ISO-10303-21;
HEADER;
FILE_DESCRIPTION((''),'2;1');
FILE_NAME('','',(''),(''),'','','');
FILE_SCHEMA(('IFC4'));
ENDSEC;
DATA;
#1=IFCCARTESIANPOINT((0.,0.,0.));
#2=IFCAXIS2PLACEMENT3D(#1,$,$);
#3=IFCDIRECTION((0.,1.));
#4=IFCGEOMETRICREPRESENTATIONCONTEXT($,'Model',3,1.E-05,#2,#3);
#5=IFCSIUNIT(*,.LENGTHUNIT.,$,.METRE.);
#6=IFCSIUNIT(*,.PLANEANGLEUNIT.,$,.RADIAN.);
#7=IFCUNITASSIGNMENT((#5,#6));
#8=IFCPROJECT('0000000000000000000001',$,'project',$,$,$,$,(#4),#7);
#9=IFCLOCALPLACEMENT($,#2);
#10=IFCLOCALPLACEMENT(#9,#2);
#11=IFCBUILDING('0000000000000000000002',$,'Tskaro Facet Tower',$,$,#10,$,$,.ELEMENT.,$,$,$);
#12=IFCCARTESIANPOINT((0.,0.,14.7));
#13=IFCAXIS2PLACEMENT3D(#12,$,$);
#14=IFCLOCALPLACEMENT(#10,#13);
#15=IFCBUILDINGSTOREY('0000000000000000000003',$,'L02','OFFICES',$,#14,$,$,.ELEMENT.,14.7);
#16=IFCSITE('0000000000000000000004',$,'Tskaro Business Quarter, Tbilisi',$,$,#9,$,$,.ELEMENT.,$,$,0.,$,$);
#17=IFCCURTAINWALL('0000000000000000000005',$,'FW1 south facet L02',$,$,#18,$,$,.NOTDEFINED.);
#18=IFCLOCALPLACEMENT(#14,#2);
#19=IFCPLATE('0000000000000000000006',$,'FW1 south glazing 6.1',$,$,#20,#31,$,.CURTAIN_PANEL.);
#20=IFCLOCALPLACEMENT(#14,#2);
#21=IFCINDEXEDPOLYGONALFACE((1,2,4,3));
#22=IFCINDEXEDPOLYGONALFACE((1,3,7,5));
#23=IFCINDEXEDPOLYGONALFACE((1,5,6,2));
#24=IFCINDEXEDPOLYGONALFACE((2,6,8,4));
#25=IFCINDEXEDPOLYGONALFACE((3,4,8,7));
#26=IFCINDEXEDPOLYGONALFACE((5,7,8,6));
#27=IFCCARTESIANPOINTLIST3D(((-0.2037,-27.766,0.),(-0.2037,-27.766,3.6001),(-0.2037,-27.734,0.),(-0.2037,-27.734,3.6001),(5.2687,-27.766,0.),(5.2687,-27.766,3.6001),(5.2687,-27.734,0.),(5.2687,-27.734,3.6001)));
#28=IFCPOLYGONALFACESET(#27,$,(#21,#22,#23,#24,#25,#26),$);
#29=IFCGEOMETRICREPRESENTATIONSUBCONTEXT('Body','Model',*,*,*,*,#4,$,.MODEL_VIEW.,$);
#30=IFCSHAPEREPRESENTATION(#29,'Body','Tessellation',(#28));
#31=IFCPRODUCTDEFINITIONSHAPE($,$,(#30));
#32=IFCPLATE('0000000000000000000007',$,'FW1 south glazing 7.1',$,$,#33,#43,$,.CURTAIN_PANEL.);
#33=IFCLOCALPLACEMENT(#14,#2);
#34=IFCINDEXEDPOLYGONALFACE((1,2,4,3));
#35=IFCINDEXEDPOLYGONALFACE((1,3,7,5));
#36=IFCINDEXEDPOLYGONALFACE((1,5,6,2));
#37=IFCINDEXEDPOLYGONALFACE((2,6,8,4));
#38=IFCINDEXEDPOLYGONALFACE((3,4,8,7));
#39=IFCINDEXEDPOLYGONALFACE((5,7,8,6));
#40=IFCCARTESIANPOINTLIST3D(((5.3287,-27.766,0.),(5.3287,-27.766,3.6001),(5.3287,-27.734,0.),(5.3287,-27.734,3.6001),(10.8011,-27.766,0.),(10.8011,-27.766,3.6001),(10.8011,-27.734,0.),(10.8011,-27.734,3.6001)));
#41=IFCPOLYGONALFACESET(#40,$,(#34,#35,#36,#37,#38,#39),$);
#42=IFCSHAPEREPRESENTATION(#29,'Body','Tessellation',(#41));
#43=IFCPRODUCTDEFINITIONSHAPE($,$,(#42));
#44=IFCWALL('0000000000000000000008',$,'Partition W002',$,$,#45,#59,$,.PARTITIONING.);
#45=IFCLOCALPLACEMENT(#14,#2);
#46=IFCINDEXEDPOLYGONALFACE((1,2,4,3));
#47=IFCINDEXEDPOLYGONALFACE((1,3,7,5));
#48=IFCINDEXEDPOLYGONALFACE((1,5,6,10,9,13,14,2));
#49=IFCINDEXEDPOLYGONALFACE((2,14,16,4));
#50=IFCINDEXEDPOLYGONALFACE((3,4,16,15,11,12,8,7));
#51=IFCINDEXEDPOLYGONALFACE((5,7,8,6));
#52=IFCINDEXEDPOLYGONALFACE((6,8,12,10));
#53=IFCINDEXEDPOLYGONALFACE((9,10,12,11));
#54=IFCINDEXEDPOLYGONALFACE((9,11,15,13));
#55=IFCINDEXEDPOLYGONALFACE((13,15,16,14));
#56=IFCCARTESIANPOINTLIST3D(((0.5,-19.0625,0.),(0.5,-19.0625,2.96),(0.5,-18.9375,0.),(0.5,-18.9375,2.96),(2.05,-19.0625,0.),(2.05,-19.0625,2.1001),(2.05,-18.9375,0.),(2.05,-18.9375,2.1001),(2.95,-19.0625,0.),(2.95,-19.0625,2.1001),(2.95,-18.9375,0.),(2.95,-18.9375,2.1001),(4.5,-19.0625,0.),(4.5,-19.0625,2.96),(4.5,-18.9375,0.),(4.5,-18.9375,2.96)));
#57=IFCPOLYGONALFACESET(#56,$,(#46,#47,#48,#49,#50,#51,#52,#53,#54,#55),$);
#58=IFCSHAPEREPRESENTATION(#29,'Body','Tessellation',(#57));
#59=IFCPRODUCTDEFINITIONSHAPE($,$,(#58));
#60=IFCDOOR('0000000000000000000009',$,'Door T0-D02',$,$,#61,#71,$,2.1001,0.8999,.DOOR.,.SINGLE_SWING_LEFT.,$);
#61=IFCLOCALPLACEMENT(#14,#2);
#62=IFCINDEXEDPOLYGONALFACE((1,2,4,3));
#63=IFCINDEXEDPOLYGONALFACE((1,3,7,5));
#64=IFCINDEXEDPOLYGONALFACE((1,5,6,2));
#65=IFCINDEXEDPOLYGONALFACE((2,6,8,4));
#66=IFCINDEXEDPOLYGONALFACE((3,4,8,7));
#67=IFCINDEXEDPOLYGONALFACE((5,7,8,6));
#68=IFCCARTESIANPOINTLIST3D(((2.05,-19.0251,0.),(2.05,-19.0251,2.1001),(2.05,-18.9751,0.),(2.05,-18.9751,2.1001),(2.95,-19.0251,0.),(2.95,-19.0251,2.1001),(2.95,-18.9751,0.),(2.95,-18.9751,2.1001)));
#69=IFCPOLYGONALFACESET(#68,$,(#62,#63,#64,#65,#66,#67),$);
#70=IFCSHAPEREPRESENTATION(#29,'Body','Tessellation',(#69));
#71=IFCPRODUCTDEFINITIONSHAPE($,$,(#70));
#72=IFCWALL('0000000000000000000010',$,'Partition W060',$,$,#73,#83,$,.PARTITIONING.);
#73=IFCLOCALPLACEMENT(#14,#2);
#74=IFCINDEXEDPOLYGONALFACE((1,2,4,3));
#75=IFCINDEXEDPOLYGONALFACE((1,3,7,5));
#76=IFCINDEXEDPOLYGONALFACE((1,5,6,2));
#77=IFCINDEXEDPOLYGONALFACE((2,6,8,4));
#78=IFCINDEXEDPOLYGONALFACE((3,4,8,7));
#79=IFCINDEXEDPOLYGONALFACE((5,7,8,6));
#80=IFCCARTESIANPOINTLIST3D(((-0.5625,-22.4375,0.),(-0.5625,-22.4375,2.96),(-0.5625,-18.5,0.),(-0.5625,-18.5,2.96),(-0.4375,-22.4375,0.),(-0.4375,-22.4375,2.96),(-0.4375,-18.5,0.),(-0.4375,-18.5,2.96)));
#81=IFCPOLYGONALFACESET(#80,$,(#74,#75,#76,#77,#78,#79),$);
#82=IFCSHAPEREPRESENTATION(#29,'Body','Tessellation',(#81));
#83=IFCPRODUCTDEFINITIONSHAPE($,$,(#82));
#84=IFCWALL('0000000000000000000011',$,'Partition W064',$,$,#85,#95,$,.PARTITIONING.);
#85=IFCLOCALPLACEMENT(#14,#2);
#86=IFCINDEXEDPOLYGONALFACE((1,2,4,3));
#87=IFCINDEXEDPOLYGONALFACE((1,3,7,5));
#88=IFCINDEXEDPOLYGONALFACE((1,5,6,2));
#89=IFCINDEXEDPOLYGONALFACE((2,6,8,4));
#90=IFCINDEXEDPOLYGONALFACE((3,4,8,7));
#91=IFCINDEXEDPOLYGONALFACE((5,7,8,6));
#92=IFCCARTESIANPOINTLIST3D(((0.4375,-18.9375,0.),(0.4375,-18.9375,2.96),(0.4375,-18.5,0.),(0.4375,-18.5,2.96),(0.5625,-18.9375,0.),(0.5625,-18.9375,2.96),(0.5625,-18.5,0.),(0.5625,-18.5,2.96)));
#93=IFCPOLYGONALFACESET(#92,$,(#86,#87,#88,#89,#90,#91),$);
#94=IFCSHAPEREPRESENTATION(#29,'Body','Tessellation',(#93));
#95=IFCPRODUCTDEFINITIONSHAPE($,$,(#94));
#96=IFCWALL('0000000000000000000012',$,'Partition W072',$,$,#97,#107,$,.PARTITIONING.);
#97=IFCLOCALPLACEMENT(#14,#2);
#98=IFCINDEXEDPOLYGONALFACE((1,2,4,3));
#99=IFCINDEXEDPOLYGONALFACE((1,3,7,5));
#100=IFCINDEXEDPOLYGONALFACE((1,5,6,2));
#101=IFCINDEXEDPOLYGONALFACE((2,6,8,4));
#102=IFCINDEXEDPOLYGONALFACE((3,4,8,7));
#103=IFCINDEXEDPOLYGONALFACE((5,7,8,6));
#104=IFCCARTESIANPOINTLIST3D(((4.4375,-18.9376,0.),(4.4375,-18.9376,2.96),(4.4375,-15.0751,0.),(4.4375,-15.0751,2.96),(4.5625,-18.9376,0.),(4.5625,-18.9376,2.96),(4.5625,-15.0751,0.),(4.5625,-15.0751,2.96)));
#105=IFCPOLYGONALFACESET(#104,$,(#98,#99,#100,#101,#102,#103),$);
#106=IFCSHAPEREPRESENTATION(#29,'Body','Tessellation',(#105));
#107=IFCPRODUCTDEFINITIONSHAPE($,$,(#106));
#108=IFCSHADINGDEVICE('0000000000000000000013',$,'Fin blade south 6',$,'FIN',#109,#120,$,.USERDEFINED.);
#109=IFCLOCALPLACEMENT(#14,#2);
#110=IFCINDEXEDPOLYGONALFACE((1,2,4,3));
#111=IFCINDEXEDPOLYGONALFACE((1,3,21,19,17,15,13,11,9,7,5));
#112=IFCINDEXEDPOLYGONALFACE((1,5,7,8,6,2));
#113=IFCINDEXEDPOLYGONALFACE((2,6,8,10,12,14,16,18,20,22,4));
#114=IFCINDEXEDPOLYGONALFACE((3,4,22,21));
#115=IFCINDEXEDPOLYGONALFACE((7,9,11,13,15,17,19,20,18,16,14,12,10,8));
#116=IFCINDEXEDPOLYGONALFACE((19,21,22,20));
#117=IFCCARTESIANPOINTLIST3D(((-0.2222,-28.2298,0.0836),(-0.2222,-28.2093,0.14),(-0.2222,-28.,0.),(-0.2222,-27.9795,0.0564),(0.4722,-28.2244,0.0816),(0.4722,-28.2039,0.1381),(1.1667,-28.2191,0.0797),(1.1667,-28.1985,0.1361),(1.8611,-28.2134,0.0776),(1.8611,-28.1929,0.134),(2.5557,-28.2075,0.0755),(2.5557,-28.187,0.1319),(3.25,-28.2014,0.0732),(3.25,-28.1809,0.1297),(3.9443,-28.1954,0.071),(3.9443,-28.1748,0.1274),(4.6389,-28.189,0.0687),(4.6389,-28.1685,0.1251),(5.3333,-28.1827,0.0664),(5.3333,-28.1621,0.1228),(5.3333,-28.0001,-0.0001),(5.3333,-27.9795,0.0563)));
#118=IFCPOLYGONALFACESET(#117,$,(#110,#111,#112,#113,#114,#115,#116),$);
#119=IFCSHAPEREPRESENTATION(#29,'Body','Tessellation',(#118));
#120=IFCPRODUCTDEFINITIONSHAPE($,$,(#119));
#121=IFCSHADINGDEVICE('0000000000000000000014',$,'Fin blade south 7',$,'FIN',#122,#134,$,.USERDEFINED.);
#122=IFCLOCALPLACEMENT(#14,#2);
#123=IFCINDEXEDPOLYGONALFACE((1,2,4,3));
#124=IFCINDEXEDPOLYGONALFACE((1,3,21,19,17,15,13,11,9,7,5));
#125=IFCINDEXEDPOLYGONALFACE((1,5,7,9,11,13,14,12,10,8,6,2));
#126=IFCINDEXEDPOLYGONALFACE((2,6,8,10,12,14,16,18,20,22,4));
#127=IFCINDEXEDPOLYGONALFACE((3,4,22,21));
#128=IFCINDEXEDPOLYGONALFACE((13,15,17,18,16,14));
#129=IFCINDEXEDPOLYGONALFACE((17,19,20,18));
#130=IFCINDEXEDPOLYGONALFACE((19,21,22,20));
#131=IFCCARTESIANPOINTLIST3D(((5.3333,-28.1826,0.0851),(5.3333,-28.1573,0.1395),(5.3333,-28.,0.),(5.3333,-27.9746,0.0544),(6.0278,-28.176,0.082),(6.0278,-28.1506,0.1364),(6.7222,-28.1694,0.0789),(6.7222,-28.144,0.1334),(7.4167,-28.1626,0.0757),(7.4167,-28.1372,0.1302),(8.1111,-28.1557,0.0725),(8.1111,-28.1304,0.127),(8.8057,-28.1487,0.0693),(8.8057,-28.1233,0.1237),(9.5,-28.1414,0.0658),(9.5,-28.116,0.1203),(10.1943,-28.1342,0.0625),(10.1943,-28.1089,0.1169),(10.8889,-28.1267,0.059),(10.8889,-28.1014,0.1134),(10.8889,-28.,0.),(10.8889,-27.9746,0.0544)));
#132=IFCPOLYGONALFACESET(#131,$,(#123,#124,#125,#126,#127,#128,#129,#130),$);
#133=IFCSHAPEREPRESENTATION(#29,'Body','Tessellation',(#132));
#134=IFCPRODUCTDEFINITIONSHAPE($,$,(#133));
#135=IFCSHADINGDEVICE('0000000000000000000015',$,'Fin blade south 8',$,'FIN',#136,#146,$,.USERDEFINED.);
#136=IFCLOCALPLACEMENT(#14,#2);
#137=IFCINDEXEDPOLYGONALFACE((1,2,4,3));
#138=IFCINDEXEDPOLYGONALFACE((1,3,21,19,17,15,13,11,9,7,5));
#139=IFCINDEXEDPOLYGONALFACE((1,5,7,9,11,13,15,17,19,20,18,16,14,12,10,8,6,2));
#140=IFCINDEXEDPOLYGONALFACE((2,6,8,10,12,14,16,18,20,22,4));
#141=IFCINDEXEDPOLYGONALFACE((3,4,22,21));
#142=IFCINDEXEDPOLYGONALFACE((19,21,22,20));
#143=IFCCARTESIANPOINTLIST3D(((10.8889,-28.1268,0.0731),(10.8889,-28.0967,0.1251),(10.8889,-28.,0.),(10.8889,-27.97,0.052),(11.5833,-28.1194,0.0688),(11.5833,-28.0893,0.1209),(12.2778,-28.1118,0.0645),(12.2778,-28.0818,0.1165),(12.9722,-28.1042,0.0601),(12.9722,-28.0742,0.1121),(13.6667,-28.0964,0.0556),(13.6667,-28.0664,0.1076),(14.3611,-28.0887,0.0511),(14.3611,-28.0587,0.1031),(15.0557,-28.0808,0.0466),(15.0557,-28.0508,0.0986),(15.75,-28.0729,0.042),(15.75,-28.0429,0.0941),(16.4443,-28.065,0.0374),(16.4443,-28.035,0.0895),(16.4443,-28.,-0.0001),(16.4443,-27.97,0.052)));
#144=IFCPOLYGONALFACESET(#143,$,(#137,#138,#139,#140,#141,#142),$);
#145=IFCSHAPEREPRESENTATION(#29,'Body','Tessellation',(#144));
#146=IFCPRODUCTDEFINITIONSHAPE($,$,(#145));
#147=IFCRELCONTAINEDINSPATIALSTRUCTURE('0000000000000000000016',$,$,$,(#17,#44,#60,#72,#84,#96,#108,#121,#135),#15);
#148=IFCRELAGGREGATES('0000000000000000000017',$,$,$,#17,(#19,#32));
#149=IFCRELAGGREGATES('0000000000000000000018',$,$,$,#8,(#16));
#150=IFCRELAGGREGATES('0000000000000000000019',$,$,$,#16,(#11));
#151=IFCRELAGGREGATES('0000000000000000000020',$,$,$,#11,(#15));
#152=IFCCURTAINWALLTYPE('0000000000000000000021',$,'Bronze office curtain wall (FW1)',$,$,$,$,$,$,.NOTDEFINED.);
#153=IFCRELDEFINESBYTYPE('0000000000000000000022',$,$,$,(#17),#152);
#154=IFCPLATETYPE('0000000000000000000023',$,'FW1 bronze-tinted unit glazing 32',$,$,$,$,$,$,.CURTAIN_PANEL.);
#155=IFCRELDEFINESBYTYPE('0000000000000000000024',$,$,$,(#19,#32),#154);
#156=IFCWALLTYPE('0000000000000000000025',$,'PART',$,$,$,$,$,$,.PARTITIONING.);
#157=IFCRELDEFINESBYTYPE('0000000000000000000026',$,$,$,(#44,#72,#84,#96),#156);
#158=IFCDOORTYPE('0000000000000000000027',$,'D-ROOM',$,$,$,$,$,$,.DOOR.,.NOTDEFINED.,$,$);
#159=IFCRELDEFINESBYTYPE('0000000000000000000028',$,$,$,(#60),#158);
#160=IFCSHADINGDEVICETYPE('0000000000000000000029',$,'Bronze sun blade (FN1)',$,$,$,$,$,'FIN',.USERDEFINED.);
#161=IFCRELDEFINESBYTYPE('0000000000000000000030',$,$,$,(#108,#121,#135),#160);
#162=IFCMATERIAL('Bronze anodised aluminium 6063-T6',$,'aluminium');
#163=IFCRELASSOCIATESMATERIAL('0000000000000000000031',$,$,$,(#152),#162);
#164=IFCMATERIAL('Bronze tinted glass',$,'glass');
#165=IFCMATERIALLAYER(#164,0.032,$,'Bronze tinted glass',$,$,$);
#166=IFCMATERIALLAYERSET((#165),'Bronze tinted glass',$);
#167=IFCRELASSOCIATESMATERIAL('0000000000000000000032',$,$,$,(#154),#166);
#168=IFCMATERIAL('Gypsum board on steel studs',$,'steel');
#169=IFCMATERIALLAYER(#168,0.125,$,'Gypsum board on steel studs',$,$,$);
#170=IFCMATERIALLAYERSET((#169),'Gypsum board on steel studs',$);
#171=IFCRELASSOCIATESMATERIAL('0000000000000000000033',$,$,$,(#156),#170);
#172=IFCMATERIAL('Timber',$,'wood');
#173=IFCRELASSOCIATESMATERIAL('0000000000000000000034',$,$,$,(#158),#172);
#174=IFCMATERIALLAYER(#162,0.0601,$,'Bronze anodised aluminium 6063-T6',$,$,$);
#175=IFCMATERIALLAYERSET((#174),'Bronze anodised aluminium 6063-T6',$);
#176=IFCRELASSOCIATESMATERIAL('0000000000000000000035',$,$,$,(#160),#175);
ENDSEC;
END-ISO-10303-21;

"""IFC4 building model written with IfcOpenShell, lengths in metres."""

from ifc_helpers import new_model, si_unit, direction, frame, frame_2d, origin, origin_2d, place, context, subcontext, project, spatial, polyline, rectangle, outline, extrude, material, layer, layer_set, type_object, element, fill, aggregate, save


model = new_model("IFC4")

# Units and contexts
model_context = context("Model", 3, precision=1e-05, world=origin(), true_north=direction((0.0, 1.0)))
body_context = subcontext(model_context, "Body", "Model", "MODEL_VIEW")
ifc_project = project(units=[si_unit("LENGTHUNIT", "METRE"), si_unit("PLANEANGLEUNIT", "RADIAN")], contexts=[model_context])

# Site, building, storey
site_placement = place(None, origin())
site = spatial("IfcSite", under=ifc_project, at=site_placement, Name="Tskaro Business Quarter, Tbilisi", CompositionType="ELEMENT", RefElevation=0.0)
building_placement = place(site_placement, origin())
building = spatial("IfcBuilding", under=site, at=building_placement, Name="Tskaro Facet Tower", CompositionType="ELEMENT")
storey_placement = place(building_placement, frame((0.0, 0.0, 14.7)))
storey = spatial("IfcBuildingStorey", under=building, at=storey_placement, Name="L02", Description="OFFICES", CompositionType="ELEMENT", Elevation=14.7)

# Curtain wall
ifc_material_1 = material(Name="Bronze anodised aluminium 6063-T6", Category="aluminium")
curtain_wall_type = type_object("IfcCurtainWallType", Name="Bronze office curtain wall (FW1)", PredefinedType="NOTDEFINED", material=ifc_material_1)
curtain_wall_placement = place(storey_placement, origin())
curtain_wall = element("IfcCurtainWall", 1, at=curtain_wall_placement, inside=storey, type_object=curtain_wall_type, Name="FW1 south facet L02", PredefinedType="NOTDEFINED")

# Plates
ifc_material_2 = material(Name="Bronze tinted glass", Category="glass")
ifc_layer_1 = layer(ifc_material_2, 0.032, Name="Bronze tinted glass")
ifc_layer_set_1 = layer_set([ifc_layer_1], Name="Bronze tinted glass")
plate_type = type_object("IfcPlateType", Name="FW1 bronze-tinted unit glazing 32", PredefinedType="CURTAIN_PANEL", material=ifc_layer_set_1)
plate_1_placement = place(storey_placement, frame((2.5325, -27.75, 0.0), z_axis=(0.0, 0.0, 1.0), x_axis=(1.0, 0.0, 0.0)))
plate_1 = element("IfcPlate", 2, at=plate_1_placement, type_object=plate_type, Name="FW1 south glazing 6.1", PredefinedType="CURTAIN_PANEL", context=body_context, shape_type="SweptSolid", body=[
    extrude(rectangle(XDim=5.4724, YDim=0.032, at=origin_2d()), origin(), (0.0, 0.0, 1.0), 3.6001),
])
plate_2_placement = place(storey_placement, frame((8.0649, -27.75, 0.0), z_axis=(0.0, 0.0, 1.0), x_axis=(1.0, 0.0, 0.0)))
plate_2 = element("IfcPlate", 3, at=plate_2_placement, type_object=plate_type, Name="FW1 south glazing 7.1", PredefinedType="CURTAIN_PANEL", context=body_context, shape_type="SweptSolid", body=[
    extrude(rectangle(XDim=5.4724, YDim=0.032, at=origin_2d()), origin(), (0.0, 0.0, 1.0), 3.6001),
])
aggregate(curtain_wall, [plate_1, plate_2])

# Wall, opening, door
ifc_material_3 = material(Name="Gypsum board on steel studs", Category="steel")
ifc_layer_2 = layer(ifc_material_3, 0.125, Name="Gypsum board on steel studs")
ifc_layer_set_2 = layer_set([ifc_layer_2], Name="Gypsum board on steel studs")
wall_type = type_object("IfcWallType", Name="PART", PredefinedType="PARTITIONING", material=ifc_layer_set_2)
wall_1_placement = place(storey_placement, frame((0.5, -19.0, 0.0), z_axis=(0.0, 0.0, 1.0), x_axis=(1.0, 0.0, 0.0)))
wall_1 = element("IfcWall", 4, at=wall_1_placement, inside=storey, type_object=wall_type, Name="Partition W002", PredefinedType="PARTITIONING", context=body_context, shape_type="SweptSolid", body=[
    extrude(rectangle(XDim=4.0, YDim=0.125, at=frame_2d((2.0, 0.0))), origin(), (0.0, 0.0, 1.0), 2.96),
])
opening_placement = place(wall_1_placement, frame((1.55, 0.0, 0.0)))
opening = element("IfcOpeningElement", 5, at=opening_placement, cuts=wall_1, PredefinedType="OPENING", context=body_context, shape_type="SweptSolid", body=[
    extrude(rectangle(XDim=0.8999, YDim=2.1001, at=frame_2d((0.45, 1.05))), frame((0.0, 0.0725, 0.0), z_axis=(0.0, -1.0, 0.0), x_axis=(1.0, 0.0, 0.0)), (0.0, 0.0, 1.0), 0.145),
])
ifc_material_4 = material(Name="Timber", Category="wood")
door_type = type_object("IfcDoorType", Name="D-ROOM", OperationType="NOTDEFINED", PredefinedType="DOOR", material=ifc_material_4)
door_placement = place(opening_placement, origin())
door = element("IfcDoor", 6, at=door_placement, inside=storey, type_object=door_type, Name="Door T0-D02", OperationType="SINGLE_SWING_LEFT", OverallHeight=2.1001, OverallWidth=0.8999, PredefinedType="DOOR", context=body_context, shape_type="SweptSolid", body=[
    extrude(rectangle(XDim=0.8999, YDim=2.1001, at=frame_2d((0.45, 1.05))), frame((0.0, 0.0249, 0.0), z_axis=(0.0, -1.0, 0.0), x_axis=(1.0, 0.0, 0.0)), (0.0, 0.0, 1.0), 0.05),
])
fill(opening, door)

# Walls
wall_2_placement = place(storey_placement, frame((-0.5, -22.4375, 0.0), z_axis=(0.0, 0.0, 1.0), x_axis=(0.0, 1.0, 0.0)))
element("IfcWall", 7, at=wall_2_placement, inside=storey, type_object=wall_type, Name="Partition W060", PredefinedType="PARTITIONING", context=body_context, shape_type="SweptSolid", body=[
    extrude(rectangle(XDim=3.9375, YDim=0.125, at=frame_2d((1.9688, 0.0))), origin(), (0.0, 0.0, 1.0), 2.96),
])
wall_3_placement = place(storey_placement, frame((0.5, -18.9375, 0.0), z_axis=(0.0, 0.0, 1.0), x_axis=(0.0, 1.0, 0.0)))
element("IfcWall", 8, at=wall_3_placement, inside=storey, type_object=wall_type, Name="Partition W064", PredefinedType="PARTITIONING", context=body_context, shape_type="SweptSolid", body=[
    extrude(rectangle(XDim=0.4375, YDim=0.125, at=frame_2d((0.2188, 0.0))), origin(), (0.0, 0.0, 1.0), 2.96),
])
wall_4_placement = place(storey_placement, frame((4.5, -18.9375, 0.0), z_axis=(0.0, 0.0, 1.0), x_axis=(0.0, 1.0, 0.0)))
element("IfcWall", 9, at=wall_4_placement, inside=storey, type_object=wall_type, Name="Partition W072", PredefinedType="PARTITIONING", context=body_context, shape_type="SweptSolid", body=[
    extrude(rectangle(XDim=3.8625, YDim=0.125, at=frame_2d((1.9312, 0.0))), origin(), (0.0, 0.0, 1.0), 2.96),
])

# Shading devices
ifc_layer_3 = layer(ifc_material_1, 0.0601, Name="Bronze anodised aluminium 6063-T6")
ifc_layer_set_3 = layer_set([ifc_layer_3], Name="Bronze anodised aluminium 6063-T6")
shading_device_type = type_object("IfcShadingDeviceType", Name="Bronze sun blade (FN1)", ElementType="FIN", PredefinedType="USERDEFINED", material=ifc_layer_set_3)
shading_device_1_placement = place(storey_placement, frame((-0.2222, -27.9795, 0.0564), z_axis=(0.000016, 0.342082, 0.93967), x_axis=(1.0, -0.000005, -0.000015)))
element("IfcShadingDevice", 10, at=shading_device_1_placement, inside=storey, type_object=shading_device_type, Name="Fin blade south 6", ObjectType="FIN", PredefinedType="USERDEFINED", context=body_context, shape_type="SweptSolid", body=[
    extrude(outline(polyline([(0.0, 0.0), (5.5554, 0.0), (5.5554, -0.1943), (4.8611, -0.2011), (4.1665, -0.2078), (3.4722, -0.2143), (2.7778, -0.2208), (2.0833, -0.2271), (1.3889, -0.2331), (0.6943, -0.2388), (0.0, -0.2445), (0.0, 0.0)])), origin(), (0.0, 0.0, -1.0), 0.0601),
])
shading_device_2_placement = place(storey_placement, frame((5.3333, -27.9746, 0.0544), z_axis=(0.000009, 0.422291, 0.90646), x_axis=(1.0, -0.000004, -0.000008)))
element("IfcShadingDevice", 11, at=shading_device_2_placement, inside=storey, type_object=shading_device_type, Name="Fin blade south 7", ObjectType="FIN", PredefinedType="USERDEFINED", context=body_context, shape_type="SweptSolid", body=[
    extrude(outline(polyline([(0.0, 0.0), (5.5557, 0.0), (5.5557, -0.1398), (4.8611, -0.1481), (4.1667, -0.156), (3.4724, -0.1641), (2.7778, -0.1718), (2.0835, -0.1793), (1.3889, -0.1869), (0.6946, -0.1942), (0.0, -0.2015), (0.0, 0.0)])), origin(), (0.0, 0.0, -1.0), 0.0601),
])
shading_device_3_placement = place(storey_placement, frame((10.8889, -27.97, 0.052), z_axis=(0.000007, 0.499742, 0.866174), x_axis=(1.0, -0.000004, -0.000006)))
element("IfcShadingDevice", 12, at=shading_device_3_placement, inside=storey, type_object=shading_device_type, Name="Fin blade south 8", ObjectType="FIN", PredefinedType="USERDEFINED", context=body_context, shape_type="SweptSolid", body=[
    extrude(outline(polyline([(0.0, 0.0), (5.5554, 0.0), (5.5554, -0.075), (4.8611, -0.0842), (4.1667, -0.0933), (3.4722, -0.1024), (2.7778, -0.1113), (2.0833, -0.1203), (1.3889, -0.1291), (0.6943, -0.1378), (0.0, -0.1464), (0.0, 0.0)])), origin(), (0.0, 0.0, -1.0), 0.0601),
])

save(model, "model.ifc")
